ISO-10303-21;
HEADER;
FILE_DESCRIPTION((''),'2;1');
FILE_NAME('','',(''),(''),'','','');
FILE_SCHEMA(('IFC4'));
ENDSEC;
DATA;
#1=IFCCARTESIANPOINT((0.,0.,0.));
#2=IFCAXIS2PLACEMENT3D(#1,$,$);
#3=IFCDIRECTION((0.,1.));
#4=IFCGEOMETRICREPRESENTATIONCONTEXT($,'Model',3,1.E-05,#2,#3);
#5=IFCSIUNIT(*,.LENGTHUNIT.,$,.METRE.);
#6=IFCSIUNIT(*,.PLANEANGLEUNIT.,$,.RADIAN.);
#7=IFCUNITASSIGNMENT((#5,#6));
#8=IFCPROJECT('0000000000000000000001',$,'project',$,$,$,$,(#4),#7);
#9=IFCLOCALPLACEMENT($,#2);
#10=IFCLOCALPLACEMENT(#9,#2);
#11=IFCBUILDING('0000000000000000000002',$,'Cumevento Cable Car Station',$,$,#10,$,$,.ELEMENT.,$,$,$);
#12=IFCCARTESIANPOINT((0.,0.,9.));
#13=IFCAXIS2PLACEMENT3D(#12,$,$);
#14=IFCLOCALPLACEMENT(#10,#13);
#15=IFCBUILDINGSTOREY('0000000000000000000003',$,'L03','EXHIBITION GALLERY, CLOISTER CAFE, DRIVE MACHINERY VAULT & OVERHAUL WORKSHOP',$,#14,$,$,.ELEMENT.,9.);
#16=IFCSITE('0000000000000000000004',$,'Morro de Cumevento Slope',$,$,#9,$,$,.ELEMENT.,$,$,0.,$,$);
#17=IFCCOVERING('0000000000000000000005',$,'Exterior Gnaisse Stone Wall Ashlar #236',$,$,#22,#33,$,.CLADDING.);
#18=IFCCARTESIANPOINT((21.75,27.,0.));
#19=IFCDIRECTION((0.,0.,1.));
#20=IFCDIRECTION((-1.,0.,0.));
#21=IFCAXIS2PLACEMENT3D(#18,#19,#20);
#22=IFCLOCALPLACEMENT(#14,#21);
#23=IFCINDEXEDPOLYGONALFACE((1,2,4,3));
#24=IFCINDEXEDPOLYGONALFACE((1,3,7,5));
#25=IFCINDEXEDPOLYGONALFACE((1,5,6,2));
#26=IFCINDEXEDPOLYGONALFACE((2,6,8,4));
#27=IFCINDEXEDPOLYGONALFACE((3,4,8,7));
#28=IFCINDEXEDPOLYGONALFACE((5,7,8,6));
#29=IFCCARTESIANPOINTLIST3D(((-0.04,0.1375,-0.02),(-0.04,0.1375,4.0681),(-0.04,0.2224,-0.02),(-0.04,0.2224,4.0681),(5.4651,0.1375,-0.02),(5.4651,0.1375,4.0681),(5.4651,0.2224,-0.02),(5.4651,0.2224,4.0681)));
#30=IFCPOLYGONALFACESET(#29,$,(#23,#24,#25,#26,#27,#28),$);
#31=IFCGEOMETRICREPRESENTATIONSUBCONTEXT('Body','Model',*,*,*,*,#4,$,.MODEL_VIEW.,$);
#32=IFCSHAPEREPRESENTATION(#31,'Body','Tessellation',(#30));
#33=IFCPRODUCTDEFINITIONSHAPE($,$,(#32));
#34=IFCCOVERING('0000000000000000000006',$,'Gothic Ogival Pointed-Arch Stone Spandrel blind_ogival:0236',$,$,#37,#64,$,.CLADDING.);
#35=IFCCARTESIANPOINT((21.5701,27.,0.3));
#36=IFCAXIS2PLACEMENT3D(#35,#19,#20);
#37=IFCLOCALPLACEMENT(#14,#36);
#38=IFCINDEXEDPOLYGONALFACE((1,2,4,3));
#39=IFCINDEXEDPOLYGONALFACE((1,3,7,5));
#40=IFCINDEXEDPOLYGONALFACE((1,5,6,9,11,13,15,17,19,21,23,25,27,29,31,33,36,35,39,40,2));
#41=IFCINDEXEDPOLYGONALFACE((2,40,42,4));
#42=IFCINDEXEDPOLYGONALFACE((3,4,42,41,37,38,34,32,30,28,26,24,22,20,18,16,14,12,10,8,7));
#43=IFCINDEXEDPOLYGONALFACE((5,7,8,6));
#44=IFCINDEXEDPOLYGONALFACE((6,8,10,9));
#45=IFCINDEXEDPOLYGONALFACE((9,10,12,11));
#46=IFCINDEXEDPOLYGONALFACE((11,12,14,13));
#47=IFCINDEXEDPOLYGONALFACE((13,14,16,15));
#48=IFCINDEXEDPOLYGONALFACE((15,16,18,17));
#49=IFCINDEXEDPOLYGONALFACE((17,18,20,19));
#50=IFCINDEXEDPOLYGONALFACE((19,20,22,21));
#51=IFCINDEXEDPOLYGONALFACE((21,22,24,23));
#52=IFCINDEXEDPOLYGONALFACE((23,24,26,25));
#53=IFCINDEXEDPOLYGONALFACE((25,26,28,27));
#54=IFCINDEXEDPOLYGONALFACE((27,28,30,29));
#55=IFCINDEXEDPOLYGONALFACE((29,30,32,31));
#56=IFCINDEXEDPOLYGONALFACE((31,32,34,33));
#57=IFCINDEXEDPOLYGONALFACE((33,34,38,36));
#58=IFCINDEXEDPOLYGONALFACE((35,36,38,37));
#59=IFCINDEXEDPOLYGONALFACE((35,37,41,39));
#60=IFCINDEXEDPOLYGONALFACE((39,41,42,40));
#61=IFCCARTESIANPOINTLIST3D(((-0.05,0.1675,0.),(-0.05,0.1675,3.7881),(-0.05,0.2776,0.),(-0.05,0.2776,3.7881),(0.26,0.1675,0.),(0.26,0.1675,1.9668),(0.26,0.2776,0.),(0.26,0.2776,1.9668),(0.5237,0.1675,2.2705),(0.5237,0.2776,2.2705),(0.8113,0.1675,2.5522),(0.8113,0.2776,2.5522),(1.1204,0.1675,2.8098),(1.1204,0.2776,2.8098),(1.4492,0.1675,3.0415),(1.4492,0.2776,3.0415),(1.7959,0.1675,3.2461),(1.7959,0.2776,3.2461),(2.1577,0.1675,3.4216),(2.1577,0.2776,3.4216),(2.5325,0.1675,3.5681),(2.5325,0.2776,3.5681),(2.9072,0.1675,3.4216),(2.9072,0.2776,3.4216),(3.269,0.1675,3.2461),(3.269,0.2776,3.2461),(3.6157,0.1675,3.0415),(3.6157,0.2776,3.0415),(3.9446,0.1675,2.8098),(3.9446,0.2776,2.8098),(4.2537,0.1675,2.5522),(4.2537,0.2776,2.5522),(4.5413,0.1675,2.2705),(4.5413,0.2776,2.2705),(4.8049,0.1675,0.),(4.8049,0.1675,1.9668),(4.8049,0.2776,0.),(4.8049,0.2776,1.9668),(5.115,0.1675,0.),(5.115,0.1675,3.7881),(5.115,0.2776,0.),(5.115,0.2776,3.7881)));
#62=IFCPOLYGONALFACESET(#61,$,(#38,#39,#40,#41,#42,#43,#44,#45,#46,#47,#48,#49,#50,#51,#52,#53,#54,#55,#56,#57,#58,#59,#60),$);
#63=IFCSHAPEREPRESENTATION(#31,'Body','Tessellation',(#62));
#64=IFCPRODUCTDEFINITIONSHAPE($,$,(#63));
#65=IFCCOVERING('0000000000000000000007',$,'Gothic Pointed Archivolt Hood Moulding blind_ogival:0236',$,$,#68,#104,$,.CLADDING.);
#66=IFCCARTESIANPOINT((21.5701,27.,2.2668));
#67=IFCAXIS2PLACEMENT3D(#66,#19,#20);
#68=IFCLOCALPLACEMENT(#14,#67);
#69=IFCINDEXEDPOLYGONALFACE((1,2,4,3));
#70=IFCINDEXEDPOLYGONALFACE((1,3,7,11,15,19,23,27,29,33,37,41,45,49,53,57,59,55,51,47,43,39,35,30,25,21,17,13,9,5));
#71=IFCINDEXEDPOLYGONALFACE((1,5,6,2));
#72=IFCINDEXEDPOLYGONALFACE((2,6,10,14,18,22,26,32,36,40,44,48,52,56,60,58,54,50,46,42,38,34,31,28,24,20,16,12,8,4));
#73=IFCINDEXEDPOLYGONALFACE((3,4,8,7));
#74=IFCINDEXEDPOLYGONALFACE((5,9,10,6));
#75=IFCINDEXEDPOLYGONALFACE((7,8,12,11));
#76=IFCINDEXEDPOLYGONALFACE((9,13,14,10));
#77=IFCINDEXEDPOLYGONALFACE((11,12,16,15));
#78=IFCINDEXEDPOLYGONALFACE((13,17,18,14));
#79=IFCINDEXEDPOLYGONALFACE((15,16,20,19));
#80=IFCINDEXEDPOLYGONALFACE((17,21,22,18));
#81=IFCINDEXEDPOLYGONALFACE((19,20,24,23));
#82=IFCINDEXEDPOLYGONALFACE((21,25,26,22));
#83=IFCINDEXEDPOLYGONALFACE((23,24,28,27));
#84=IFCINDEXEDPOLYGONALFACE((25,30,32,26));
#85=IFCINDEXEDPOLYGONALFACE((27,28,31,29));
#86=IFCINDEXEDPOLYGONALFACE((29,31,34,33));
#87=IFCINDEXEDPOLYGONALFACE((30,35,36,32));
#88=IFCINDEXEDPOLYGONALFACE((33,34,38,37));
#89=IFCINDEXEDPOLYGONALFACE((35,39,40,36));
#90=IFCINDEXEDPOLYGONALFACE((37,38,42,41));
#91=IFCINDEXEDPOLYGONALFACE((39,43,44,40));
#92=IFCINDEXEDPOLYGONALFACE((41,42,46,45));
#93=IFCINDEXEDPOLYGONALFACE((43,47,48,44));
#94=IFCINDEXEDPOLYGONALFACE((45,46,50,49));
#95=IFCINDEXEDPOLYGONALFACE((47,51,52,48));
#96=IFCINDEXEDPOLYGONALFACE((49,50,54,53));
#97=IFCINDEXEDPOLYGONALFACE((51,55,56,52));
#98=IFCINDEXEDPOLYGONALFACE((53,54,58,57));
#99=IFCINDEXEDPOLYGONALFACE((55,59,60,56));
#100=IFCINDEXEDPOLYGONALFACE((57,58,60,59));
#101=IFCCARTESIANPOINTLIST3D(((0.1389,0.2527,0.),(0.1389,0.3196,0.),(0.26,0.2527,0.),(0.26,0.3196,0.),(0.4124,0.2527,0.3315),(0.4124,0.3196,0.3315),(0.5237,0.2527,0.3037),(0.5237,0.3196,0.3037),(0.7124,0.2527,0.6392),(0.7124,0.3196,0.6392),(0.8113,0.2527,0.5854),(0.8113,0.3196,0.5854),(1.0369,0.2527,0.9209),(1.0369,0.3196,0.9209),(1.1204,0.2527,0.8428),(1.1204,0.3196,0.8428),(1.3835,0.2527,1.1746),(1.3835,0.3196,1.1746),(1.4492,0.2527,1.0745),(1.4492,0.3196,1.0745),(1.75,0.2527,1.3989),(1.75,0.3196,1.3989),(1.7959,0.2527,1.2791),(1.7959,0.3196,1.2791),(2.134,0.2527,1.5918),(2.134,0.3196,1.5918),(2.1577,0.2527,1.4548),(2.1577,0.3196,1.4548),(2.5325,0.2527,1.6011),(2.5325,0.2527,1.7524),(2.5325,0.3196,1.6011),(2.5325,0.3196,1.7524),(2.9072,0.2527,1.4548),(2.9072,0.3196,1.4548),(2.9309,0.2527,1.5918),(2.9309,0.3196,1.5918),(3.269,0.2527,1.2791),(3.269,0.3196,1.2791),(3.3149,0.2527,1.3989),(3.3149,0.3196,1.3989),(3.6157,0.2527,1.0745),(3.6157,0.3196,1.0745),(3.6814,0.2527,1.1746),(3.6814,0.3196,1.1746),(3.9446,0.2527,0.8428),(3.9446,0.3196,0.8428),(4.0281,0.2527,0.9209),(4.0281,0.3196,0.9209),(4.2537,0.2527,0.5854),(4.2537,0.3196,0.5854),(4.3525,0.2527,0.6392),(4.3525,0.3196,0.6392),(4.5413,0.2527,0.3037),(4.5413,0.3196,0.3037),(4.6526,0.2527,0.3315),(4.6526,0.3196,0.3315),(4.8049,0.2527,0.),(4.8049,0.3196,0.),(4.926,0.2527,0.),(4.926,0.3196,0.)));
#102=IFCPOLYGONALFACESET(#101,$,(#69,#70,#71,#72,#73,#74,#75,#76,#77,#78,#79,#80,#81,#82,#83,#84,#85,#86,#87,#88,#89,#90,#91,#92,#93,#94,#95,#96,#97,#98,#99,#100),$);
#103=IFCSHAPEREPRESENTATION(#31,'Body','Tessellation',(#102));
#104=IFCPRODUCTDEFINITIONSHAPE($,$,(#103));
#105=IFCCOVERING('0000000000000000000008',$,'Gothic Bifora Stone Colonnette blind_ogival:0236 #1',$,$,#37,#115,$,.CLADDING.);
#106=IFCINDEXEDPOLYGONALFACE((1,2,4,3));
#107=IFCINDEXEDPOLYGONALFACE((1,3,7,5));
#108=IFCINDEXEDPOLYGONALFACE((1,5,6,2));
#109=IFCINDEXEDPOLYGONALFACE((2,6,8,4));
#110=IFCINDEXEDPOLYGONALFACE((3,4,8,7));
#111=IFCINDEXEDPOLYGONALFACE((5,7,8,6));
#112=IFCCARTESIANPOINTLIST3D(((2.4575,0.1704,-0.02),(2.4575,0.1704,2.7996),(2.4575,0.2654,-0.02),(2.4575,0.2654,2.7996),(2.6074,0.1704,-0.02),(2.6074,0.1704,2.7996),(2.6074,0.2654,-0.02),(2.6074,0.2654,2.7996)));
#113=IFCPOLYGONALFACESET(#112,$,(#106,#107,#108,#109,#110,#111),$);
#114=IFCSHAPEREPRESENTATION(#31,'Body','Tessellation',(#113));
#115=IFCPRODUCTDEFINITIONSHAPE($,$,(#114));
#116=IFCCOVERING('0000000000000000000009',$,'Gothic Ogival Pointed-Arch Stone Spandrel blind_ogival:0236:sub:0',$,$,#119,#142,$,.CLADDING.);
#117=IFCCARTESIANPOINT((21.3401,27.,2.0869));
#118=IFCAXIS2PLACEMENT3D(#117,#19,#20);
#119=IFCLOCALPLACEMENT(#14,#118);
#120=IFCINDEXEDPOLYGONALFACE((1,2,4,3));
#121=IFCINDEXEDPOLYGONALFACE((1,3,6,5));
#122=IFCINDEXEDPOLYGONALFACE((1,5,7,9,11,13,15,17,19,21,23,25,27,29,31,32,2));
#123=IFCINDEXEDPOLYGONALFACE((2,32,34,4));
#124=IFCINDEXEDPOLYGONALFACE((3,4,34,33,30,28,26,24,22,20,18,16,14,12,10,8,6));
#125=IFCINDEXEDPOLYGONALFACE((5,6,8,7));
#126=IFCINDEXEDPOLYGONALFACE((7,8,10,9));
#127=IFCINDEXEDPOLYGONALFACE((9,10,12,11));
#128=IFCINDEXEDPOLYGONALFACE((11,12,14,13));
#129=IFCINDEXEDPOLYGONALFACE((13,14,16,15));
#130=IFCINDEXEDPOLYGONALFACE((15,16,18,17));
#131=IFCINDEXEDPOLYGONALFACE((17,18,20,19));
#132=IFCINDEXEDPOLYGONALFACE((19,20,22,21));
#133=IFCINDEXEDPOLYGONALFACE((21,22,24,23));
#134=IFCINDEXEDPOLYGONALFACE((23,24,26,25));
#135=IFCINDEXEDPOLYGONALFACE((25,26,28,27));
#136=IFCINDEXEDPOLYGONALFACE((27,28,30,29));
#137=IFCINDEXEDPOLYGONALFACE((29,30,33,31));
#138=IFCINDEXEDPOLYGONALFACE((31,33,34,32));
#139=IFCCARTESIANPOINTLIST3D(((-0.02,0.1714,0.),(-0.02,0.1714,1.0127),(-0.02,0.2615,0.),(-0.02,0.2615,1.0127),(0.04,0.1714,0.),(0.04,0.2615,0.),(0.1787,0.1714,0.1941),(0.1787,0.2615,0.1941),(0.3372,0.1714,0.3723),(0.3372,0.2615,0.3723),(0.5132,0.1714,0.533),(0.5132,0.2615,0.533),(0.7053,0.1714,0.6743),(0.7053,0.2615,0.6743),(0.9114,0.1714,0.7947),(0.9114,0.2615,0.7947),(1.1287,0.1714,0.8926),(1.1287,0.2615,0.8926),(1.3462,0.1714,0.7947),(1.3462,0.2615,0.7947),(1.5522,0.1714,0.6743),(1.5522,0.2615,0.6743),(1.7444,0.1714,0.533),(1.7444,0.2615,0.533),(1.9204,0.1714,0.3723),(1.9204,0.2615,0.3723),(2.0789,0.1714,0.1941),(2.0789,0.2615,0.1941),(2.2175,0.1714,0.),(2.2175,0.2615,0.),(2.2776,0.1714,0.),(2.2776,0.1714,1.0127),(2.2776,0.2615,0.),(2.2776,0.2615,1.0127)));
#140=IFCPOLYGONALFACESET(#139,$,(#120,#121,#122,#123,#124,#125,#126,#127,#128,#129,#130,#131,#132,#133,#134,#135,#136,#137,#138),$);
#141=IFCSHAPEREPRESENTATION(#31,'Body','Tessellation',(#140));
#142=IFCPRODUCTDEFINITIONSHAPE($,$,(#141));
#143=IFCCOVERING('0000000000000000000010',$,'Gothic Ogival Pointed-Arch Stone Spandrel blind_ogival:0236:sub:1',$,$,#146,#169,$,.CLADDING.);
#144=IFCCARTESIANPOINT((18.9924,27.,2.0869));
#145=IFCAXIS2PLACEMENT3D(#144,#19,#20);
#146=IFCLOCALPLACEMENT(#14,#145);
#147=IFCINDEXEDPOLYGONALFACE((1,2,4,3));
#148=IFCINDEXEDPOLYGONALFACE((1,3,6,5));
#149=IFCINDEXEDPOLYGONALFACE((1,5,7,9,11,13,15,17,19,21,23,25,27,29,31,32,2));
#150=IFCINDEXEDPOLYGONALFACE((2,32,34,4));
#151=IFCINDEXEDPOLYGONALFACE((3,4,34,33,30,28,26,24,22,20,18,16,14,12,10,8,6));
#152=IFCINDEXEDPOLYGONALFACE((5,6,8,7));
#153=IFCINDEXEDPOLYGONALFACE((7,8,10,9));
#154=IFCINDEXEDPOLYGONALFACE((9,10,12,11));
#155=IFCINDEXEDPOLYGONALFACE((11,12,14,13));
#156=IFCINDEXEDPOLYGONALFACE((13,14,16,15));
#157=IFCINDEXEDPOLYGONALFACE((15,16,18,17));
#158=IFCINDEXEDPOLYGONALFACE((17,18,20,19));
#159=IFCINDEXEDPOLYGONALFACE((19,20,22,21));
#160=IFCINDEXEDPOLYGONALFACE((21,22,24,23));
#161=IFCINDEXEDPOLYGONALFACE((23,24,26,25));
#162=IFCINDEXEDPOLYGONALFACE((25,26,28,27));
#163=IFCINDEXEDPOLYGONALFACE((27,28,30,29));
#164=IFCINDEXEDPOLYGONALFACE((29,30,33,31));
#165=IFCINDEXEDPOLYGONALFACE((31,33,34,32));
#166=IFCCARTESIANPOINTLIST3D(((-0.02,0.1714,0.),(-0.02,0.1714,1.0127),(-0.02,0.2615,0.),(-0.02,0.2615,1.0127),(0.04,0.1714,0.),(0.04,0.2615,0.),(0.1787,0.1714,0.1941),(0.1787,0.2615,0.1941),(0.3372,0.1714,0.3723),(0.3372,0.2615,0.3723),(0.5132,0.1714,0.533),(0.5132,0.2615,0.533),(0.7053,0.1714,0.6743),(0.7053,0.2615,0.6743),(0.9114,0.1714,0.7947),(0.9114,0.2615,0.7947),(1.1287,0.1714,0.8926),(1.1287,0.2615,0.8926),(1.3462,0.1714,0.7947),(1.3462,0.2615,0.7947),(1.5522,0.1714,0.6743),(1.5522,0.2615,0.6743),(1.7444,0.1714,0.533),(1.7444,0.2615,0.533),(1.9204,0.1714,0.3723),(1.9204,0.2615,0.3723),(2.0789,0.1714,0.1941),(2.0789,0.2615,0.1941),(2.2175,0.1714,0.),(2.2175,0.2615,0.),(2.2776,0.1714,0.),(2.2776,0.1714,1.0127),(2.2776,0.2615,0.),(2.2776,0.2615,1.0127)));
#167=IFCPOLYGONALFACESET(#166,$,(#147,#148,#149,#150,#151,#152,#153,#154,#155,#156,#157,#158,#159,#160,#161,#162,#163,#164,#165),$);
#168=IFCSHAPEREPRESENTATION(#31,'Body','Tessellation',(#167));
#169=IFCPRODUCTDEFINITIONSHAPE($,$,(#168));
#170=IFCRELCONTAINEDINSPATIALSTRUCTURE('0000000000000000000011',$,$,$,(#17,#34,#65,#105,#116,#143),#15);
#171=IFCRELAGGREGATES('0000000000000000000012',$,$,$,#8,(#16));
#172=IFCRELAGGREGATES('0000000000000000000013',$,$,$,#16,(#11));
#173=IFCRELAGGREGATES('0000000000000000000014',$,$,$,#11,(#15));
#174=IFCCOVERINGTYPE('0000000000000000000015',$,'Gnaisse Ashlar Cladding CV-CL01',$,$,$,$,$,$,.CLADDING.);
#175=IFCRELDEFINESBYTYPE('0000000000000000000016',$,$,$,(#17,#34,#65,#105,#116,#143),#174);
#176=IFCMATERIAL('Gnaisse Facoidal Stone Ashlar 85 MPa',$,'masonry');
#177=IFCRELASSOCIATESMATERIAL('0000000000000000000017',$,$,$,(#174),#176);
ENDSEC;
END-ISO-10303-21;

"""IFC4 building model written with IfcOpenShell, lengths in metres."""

from ifc_helpers import new_model, si_unit, direction, frame, origin, place, context, subcontext, project, spatial, polyline, outline, extrude, material, type_object, element, save


model = new_model("IFC4")

# Units and contexts
model_context = context("Model", 3, precision=1e-05, world=origin(), true_north=direction((0.0, 1.0)))
body_context = subcontext(model_context, "Body", "Model", "MODEL_VIEW")
ifc_project = project(units=[si_unit("LENGTHUNIT", "METRE"), si_unit("PLANEANGLEUNIT", "RADIAN")], contexts=[model_context])

# Site, building, storey
site_placement = place(None, origin())
site = spatial("IfcSite", under=ifc_project, at=site_placement, Name="Morro de Cumevento Slope", CompositionType="ELEMENT", RefElevation=0.0)
building_placement = place(site_placement, origin())
building = spatial("IfcBuilding", under=site, at=building_placement, Name="Cumevento Cable Car Station", CompositionType="ELEMENT")
storey_placement = place(building_placement, frame((0.0, 0.0, 9.0)))
storey = spatial("IfcBuildingStorey", under=building, at=storey_placement, Name="L03", Description="EXHIBITION GALLERY, CLOISTER CAFE, DRIVE MACHINERY VAULT & OVERHAUL WORKSHOP", CompositionType="ELEMENT", Elevation=9.0)

# Coverings
ifc_material_1 = material(Name="Gnaisse Facoidal Stone Ashlar 85 MPa", Category="masonry")
covering_type = type_object("IfcCoveringType", Name="Gnaisse Ashlar Cladding CV-CL01", PredefinedType="CLADDING", material=ifc_material_1)
covering_1_placement = place(storey_placement, frame((21.75, 27.0, 0.0), z_axis=(0.0, 0.0, 1.0), x_axis=(-1.0, 0.0, 0.0)))
element("IfcCovering", 1, at=covering_1_placement, inside=storey, type_object=covering_type, Name="Exterior Gnaisse Stone Wall Ashlar #236", PredefinedType="CLADDING", context=body_context, shape_type="SweptSolid", body=[
    extrude(outline(polyline([(-0.04, -0.02), (5.4651, -0.02), (5.4651, 4.0681), (-0.04, 4.0681), (-0.04, -0.02)])), frame((0.0, 0.2224, 0.0), z_axis=(0.0, -1.0, 0.0), x_axis=(1.0, 0.0, 0.0)), (0.0, 0.0, 1.0), 0.085),
])
placement = place(storey_placement, frame((21.5701, 27.0, 0.3), z_axis=(0.0, 0.0, 1.0), x_axis=(-1.0, 0.0, 0.0)))
element("IfcCovering", 2, at=placement, inside=storey, type_object=covering_type, Name="Gothic Ogival Pointed-Arch Stone Spandrel blind_ogival:0236", PredefinedType="CLADDING", context=body_context, shape_type="SweptSolid", body=[
    extrude(outline(polyline([(-0.05, 0.0), (-0.05, 3.7881), (5.115, 3.7881), (5.115, 0.0), (4.8049, 0.0), (4.8049, 1.9668), (4.5413, 2.2705), (4.2537, 2.5522), (3.9446, 2.8098), (3.6157, 3.0415), (3.269, 3.2461), (2.9072, 3.4216), (2.5325, 3.5681), (2.1577, 3.4216), (1.7959, 3.2461), (1.4492, 3.0415), (1.1204, 2.8098), (0.8113, 2.5522), (0.5237, 2.2705), (0.26, 1.9668), (0.26, 0.0), (-0.05, 0.0)])), frame((0.0, 0.2776, 0.0), z_axis=(0.0, -1.0, 0.0), x_axis=(1.0, 0.0, 0.0)), (0.0, 0.0, 1.0), 0.1101),
])
covering_2_placement = place(storey_placement, frame((21.5701, 27.0, 2.2668), z_axis=(0.0, 0.0, 1.0), x_axis=(-1.0, 0.0, 0.0)))
element("IfcCovering", 3, at=covering_2_placement, inside=storey, type_object=covering_type, Name="Gothic Pointed Archivolt Hood Moulding blind_ogival:0236", PredefinedType="CLADDING", context=body_context, shape_type="SweptSolid", body=[
    extrude(outline(polyline([(0.26, 0.0), (0.5237, 0.3037), (0.8113, 0.5854), (1.1204, 0.8428), (1.4492, 1.0745), (1.7959, 1.2791), (2.1577, 1.4548), (2.5325, 1.6011), (2.9072, 1.4548), (3.269, 1.2791), (3.6157, 1.0745), (3.9446, 0.8428), (4.2537, 0.5854), (4.5413, 0.3037), (4.8049, 0.0), (4.926, 0.0), (4.6526, 0.3315), (4.3525, 0.6392), (4.0281, 0.9209), (3.6814, 1.1746), (3.3149, 1.3989), (2.9309, 1.5918), (2.5325, 1.7524), (2.134, 1.5918), (1.75, 1.3989), (1.3835, 1.1746), (1.0369, 0.9209), (0.7124, 0.6392), (0.4124, 0.3315), (0.1389, 0.0), (0.26, 0.0)])), frame((0.0, 0.3196, 0.0), z_axis=(0.0, -1.0, 0.0), x_axis=(1.0, 0.0, 0.0)), (0.0, 0.0, 1.0), 0.0669),
])
element("IfcCovering", 4, at=placement, inside=storey, type_object=covering_type, Name="Gothic Bifora Stone Colonnette blind_ogival:0236 #1", PredefinedType="CLADDING", context=body_context, shape_type="SweptSolid", body=[
    extrude(outline(polyline([(2.4575, -0.02), (2.6074, -0.02), (2.6074, 2.7996), (2.4575, 2.7996), (2.4575, -0.02)])), frame((0.0, 0.2654, 0.0), z_axis=(0.0, -1.0, 0.0), x_axis=(1.0, 0.0, 0.0)), (0.0, 0.0, 1.0), 0.095),
])
for number, where, z_axis, x_axis, name in (
    (5, (21.3401, 27.0, 2.0869), (0.0, 0.0, 1.0), (-1.0, 0.0, 0.0), "Gothic Ogival Pointed-Arch Stone Spandrel blind_ogival:0236:sub:0"),
    (6, (18.9924, 27.0, 2.0869), (0.0, 0.0, 1.0), (-1.0, 0.0, 0.0), "Gothic Ogival Pointed-Arch Stone Spandrel blind_ogival:0236:sub:1"),
):
    element("IfcCovering", number, at=place(storey_placement, frame(where, z_axis=z_axis, x_axis=x_axis)), inside=storey, type_object=covering_type, Name=name, PredefinedType="CLADDING", context=body_context, shape_type="SweptSolid", body=[
        extrude(outline(polyline([(-0.02, 0.0), (-0.02, 1.0127), (2.2776, 1.0127), (2.2776, 0.0), (2.2175, 0.0), (2.0789, 0.1941), (1.9204, 0.3723), (1.7444, 0.533), (1.5522, 0.6743), (1.3462, 0.7947), (1.1287, 0.8926), (0.9114, 0.7947), (0.7053, 0.6743), (0.5132, 0.533), (0.3372, 0.3723), (0.1787, 0.1941), (0.04, 0.0), (-0.02, 0.0)])), frame((0.0, 0.2615, 0.0), z_axis=(0.0, -1.0, 0.0), x_axis=(1.0, 0.0, 0.0)), (0.0, 0.0, 1.0), 0.0901),
    ])

save(model, "model.ifc")
